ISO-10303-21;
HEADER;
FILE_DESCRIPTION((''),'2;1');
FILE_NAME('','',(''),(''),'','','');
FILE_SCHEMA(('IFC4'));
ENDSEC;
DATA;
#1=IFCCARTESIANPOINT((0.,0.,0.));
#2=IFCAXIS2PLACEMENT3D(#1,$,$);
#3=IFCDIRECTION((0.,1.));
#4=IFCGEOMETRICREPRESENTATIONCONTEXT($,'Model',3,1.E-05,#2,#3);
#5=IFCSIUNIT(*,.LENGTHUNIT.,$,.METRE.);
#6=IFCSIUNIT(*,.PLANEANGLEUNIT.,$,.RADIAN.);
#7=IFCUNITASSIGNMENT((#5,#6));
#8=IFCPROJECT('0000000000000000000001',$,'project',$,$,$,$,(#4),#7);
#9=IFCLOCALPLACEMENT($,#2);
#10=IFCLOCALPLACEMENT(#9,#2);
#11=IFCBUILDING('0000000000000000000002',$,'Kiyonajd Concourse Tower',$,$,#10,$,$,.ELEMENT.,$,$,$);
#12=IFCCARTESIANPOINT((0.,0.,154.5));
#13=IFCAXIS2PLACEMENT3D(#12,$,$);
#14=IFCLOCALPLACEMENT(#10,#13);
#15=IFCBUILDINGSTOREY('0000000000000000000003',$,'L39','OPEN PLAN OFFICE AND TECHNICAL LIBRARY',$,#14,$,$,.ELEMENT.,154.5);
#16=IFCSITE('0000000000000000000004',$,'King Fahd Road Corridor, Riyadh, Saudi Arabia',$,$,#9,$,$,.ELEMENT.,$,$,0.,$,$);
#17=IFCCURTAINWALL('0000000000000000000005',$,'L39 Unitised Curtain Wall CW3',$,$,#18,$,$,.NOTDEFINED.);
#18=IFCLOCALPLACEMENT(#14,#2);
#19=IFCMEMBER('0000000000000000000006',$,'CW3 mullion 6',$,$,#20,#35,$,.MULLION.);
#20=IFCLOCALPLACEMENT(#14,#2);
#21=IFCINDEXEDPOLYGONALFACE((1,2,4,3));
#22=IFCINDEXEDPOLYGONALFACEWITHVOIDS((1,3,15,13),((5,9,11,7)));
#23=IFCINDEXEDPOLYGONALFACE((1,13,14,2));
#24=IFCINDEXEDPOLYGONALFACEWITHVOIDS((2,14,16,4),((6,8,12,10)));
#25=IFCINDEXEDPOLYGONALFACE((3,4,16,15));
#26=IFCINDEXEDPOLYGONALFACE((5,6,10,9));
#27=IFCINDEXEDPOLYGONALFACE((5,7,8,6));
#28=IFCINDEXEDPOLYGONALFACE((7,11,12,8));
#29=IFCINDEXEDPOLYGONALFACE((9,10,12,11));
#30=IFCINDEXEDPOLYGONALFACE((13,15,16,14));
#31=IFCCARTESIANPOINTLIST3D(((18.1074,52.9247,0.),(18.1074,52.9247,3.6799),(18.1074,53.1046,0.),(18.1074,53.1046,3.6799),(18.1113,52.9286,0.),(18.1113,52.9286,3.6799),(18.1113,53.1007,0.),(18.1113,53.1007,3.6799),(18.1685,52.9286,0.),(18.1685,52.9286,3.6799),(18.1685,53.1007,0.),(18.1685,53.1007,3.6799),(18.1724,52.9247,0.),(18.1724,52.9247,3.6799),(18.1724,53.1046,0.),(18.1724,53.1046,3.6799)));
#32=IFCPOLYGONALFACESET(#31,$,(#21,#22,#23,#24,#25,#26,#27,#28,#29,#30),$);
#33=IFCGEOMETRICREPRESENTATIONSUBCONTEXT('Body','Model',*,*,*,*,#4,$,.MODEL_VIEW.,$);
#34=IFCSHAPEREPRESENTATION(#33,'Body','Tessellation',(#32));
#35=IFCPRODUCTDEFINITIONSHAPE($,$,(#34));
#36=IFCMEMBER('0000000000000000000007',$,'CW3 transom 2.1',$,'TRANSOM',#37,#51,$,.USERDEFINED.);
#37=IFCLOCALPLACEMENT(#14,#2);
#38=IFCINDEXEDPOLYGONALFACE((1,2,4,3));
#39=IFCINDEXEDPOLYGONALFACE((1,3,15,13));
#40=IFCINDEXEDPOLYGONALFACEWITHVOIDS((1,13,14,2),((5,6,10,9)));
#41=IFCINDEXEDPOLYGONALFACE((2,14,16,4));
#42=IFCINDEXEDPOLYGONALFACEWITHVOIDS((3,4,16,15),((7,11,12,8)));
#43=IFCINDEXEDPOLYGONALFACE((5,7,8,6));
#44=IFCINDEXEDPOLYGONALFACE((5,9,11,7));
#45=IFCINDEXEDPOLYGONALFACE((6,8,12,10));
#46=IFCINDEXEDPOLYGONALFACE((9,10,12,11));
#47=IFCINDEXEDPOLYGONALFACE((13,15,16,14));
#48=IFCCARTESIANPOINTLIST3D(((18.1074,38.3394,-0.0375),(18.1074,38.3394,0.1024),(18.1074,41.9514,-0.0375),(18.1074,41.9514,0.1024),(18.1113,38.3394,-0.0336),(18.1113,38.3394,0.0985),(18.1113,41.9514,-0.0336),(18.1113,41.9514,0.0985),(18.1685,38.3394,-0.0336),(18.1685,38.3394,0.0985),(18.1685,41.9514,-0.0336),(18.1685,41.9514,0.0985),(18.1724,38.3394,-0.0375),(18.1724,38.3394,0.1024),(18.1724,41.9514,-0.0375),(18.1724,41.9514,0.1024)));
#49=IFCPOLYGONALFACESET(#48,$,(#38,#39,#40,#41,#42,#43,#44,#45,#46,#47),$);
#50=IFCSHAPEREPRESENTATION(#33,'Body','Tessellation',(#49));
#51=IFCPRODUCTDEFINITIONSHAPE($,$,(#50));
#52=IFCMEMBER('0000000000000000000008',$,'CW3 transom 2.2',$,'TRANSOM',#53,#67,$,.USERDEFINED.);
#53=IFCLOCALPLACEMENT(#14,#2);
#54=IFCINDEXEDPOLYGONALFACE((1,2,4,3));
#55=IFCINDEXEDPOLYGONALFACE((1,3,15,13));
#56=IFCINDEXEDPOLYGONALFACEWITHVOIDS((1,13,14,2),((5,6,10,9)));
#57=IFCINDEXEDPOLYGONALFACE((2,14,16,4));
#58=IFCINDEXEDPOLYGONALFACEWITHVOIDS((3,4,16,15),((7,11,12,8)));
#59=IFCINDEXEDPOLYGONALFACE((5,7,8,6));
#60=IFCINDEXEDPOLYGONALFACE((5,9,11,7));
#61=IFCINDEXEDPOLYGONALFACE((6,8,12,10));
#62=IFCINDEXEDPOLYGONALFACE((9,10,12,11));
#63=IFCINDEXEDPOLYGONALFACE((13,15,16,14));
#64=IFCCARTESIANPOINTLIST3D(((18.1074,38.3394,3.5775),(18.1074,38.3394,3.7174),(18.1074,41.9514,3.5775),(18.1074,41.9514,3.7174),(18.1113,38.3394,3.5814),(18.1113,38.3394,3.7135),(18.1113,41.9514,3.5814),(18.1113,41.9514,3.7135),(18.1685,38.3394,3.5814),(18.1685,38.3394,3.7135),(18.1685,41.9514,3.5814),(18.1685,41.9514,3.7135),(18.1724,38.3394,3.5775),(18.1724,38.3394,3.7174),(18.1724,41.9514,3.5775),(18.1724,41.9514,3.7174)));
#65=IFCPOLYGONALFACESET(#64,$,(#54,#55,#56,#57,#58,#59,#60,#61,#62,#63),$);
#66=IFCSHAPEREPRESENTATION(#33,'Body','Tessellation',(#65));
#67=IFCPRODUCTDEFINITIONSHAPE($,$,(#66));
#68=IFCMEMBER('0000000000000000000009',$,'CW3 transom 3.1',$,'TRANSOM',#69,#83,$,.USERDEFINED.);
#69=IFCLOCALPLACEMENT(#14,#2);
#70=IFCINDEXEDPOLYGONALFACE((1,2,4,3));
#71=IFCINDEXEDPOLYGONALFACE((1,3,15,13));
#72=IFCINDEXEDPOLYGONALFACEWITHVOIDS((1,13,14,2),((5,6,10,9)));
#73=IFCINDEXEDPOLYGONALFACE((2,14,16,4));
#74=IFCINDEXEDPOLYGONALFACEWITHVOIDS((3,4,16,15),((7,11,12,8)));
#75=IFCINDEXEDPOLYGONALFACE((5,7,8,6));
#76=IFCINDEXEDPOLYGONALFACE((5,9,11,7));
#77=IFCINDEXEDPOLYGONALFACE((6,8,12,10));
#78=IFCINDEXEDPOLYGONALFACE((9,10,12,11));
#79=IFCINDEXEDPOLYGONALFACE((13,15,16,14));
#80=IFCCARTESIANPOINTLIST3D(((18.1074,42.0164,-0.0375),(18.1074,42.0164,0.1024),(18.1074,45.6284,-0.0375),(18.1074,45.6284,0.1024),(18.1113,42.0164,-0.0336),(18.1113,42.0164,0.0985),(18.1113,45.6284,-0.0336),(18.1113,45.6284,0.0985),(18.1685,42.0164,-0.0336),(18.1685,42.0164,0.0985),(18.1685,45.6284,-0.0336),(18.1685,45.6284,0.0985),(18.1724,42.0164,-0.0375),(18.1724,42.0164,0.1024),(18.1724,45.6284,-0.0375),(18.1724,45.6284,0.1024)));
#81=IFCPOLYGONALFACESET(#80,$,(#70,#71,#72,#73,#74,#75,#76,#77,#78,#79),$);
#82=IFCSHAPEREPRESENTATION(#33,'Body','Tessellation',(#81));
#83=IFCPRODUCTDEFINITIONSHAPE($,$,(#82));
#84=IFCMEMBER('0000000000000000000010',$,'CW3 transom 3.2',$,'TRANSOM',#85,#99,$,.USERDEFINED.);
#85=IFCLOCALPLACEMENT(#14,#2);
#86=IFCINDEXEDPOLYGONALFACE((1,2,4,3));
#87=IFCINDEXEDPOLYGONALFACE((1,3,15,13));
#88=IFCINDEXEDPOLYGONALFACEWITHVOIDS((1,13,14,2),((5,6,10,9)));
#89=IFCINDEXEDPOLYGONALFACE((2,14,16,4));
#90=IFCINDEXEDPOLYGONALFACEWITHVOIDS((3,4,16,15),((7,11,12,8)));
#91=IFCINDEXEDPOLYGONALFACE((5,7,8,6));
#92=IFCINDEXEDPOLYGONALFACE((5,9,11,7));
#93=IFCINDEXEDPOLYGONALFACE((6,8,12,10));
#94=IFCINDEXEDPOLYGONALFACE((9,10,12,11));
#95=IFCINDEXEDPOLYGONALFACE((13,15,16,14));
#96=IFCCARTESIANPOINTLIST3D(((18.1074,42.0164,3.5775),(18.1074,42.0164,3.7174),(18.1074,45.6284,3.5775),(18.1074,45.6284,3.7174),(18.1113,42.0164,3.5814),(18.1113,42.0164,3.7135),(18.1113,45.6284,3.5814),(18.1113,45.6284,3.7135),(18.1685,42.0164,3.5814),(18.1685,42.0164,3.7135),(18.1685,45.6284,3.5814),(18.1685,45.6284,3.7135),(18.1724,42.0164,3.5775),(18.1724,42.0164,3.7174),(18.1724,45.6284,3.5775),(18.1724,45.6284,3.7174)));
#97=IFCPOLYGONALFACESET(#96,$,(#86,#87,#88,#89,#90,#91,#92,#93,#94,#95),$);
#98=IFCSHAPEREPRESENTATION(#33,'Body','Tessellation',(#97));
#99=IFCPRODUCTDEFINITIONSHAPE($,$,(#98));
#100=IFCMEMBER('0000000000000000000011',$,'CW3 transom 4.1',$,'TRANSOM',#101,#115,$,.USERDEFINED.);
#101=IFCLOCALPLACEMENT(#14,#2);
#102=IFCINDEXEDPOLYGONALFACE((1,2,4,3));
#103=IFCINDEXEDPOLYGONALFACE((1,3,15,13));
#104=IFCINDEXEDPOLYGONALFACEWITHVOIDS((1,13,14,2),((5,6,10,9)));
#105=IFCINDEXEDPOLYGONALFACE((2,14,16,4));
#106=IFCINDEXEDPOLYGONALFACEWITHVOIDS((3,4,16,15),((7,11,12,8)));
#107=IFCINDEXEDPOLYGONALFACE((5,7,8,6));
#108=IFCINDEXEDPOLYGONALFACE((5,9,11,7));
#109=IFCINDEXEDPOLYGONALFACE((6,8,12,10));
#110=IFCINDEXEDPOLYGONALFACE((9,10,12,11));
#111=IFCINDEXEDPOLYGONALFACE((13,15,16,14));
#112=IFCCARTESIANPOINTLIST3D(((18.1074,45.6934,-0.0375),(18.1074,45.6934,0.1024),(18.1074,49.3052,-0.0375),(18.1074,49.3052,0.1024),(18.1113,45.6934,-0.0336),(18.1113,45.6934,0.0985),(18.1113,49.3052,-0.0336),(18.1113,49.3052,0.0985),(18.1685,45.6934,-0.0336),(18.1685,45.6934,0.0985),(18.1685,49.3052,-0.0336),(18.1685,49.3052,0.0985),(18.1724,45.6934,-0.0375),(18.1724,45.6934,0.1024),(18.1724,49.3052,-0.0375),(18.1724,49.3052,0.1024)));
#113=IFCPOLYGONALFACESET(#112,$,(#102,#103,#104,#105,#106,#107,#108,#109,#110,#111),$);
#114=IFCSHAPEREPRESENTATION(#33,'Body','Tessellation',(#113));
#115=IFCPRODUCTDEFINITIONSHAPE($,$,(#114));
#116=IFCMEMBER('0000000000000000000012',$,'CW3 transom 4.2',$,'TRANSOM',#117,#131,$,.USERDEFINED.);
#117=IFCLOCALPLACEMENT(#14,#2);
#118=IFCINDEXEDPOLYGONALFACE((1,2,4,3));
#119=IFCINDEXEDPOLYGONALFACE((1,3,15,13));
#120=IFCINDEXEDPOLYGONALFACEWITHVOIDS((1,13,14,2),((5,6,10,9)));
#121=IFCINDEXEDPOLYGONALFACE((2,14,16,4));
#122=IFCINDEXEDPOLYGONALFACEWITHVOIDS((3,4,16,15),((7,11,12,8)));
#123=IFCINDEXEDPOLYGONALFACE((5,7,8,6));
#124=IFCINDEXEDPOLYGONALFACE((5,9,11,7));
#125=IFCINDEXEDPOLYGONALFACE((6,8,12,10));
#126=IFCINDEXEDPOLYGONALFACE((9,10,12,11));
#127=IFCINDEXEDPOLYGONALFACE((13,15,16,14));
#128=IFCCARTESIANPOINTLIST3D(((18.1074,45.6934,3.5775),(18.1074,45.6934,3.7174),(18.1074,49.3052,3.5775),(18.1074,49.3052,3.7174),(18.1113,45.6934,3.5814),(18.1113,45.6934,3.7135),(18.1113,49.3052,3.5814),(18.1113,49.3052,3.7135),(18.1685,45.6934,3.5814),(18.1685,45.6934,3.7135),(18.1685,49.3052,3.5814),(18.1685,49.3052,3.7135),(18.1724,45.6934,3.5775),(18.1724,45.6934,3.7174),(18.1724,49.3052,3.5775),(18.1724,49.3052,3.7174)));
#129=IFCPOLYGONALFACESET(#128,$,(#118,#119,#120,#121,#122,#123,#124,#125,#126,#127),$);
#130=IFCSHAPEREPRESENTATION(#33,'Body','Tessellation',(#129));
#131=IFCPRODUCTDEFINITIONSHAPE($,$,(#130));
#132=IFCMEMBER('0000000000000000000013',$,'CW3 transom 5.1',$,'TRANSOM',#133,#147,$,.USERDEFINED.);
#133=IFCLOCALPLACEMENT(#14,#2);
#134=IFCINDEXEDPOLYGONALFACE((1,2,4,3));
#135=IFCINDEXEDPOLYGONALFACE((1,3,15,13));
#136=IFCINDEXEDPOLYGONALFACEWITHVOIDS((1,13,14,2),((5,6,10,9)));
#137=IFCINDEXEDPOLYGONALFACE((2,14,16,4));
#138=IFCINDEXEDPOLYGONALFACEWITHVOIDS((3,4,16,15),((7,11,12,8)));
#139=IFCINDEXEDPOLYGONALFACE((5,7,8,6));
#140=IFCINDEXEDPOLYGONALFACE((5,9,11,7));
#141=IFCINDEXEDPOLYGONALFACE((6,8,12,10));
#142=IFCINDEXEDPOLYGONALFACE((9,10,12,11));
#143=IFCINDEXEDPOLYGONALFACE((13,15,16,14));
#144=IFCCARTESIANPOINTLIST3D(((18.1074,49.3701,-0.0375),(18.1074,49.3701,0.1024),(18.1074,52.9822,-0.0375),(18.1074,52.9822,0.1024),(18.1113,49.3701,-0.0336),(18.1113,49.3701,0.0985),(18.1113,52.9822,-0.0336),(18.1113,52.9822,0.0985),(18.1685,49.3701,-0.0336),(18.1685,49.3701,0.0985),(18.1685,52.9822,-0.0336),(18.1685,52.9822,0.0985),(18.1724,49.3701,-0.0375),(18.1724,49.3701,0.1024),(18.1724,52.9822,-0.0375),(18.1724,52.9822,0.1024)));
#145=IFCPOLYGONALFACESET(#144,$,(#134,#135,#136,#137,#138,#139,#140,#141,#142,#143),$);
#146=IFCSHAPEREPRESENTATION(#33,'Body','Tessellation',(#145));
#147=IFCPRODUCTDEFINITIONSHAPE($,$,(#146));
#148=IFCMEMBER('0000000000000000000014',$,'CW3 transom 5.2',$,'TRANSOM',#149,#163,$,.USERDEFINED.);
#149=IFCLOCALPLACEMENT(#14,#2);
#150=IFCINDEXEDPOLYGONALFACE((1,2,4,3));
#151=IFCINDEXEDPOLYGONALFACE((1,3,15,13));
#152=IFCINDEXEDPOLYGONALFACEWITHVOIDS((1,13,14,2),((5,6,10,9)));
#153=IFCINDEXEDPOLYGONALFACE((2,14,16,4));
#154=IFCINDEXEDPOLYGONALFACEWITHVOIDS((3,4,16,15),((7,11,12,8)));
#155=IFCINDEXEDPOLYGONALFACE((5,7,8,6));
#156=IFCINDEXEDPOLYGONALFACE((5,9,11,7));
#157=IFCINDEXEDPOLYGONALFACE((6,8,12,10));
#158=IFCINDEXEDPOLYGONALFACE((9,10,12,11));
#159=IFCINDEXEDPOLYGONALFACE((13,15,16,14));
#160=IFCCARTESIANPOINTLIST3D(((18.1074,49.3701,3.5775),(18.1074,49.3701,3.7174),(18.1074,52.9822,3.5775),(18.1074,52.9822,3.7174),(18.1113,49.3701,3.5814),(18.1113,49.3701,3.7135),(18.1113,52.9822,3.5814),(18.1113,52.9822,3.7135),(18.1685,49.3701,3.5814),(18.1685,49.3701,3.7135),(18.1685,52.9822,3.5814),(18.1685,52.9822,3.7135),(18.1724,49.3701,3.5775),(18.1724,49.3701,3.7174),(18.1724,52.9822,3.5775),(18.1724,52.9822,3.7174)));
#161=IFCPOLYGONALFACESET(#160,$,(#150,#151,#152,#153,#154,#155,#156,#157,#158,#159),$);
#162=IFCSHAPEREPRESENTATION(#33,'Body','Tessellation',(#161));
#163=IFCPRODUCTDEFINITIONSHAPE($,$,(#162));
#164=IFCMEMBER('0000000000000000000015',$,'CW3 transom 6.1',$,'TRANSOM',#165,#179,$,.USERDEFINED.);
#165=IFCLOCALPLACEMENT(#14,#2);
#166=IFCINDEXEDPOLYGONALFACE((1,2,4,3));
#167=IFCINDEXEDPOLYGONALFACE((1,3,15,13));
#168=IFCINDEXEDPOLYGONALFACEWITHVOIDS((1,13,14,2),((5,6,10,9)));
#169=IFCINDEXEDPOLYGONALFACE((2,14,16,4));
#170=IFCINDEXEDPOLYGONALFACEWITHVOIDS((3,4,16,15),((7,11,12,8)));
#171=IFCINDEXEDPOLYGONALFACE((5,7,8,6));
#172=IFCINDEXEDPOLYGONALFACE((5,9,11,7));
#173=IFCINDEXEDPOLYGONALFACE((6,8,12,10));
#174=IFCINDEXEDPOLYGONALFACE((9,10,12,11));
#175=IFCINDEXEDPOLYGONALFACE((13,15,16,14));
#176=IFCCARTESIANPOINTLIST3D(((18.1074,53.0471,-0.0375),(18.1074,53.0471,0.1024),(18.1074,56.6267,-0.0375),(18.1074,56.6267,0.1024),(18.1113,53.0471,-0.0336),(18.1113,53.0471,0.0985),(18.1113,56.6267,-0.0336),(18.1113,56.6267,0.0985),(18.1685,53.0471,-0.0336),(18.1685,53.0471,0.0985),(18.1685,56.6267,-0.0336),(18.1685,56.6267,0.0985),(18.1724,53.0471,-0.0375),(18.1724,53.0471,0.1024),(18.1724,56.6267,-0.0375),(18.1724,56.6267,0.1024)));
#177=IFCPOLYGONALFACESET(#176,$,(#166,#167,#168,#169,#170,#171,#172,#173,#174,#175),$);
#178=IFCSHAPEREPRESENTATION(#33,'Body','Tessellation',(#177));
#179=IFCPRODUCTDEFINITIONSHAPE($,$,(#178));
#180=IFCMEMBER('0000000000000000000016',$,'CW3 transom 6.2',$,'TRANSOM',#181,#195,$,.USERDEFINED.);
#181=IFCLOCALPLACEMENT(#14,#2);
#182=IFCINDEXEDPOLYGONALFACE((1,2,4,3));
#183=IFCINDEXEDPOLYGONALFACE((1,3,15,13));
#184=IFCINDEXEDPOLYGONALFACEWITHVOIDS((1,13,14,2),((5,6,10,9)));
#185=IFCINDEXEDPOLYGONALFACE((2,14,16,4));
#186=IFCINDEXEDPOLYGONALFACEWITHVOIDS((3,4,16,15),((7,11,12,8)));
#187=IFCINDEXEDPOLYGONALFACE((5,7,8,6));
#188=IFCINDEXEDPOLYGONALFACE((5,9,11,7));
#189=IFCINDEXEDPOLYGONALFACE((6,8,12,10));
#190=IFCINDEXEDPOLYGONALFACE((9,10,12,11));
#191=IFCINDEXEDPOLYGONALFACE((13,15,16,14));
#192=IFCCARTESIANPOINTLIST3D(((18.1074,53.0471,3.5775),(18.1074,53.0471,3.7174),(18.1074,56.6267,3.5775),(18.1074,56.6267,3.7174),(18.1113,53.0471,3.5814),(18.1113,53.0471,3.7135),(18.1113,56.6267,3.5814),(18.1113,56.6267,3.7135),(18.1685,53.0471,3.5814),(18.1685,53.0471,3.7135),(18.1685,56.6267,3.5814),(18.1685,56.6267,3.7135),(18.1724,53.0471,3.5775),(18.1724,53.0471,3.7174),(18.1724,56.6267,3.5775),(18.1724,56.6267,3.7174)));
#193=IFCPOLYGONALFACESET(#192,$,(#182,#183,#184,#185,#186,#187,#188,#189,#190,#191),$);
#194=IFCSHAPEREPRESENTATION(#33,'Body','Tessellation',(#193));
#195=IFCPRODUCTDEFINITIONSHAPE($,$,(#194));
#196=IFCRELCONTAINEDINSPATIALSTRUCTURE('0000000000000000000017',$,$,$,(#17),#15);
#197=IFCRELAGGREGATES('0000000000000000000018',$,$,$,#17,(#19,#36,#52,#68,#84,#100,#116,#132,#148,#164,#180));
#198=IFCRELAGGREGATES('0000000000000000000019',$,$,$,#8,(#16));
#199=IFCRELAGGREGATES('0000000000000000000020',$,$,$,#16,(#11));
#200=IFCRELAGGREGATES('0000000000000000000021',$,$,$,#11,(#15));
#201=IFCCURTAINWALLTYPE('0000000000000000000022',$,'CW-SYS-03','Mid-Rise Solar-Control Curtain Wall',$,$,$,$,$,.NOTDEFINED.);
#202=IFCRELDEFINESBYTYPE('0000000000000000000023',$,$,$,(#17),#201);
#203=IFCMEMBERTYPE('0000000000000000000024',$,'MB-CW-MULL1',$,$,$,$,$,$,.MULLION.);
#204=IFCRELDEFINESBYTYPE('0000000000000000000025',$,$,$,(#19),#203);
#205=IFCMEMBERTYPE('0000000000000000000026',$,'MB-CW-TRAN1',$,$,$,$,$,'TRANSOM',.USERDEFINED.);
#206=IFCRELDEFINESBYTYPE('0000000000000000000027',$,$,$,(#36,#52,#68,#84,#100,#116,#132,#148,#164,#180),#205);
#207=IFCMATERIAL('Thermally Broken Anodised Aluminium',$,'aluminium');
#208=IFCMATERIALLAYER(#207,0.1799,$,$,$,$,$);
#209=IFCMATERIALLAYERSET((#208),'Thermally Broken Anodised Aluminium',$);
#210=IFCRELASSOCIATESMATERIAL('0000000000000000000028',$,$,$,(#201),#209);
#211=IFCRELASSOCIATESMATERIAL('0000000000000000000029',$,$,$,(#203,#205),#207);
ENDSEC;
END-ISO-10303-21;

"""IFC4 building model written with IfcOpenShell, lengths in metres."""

from ifc_helpers import new_model, si_unit, direction, frame, origin, origin_2d, place, context, subcontext, project, spatial, hollow_rectangle, extrude, material, layer, layer_set, material_profile, profile_set, type_object, element, aggregate, save


model = new_model("IFC4")

# Units and contexts
model_context = context("Model", 3, precision=1e-05, world=origin(), true_north=direction((0.0, 1.0)))
body_context = subcontext(model_context, "Body", "Model", "MODEL_VIEW")
ifc_project = project(units=[si_unit("LENGTHUNIT", "METRE"), si_unit("PLANEANGLEUNIT", "RADIAN")], contexts=[model_context])

# Site, building, storey
site_placement = place(None, origin())
site = spatial("IfcSite", under=ifc_project, at=site_placement, Name="King Fahd Road Corridor, Riyadh, Saudi Arabia", CompositionType="ELEMENT", RefElevation=0.0)
building_placement = place(site_placement, origin())
building = spatial("IfcBuilding", under=site, at=building_placement, Name="Kiyonajd Concourse Tower", CompositionType="ELEMENT")
storey_placement = place(building_placement, frame((0.0, 0.0, 154.5)))
storey = spatial("IfcBuildingStorey", under=building, at=storey_placement, Name="L39", Description="OPEN PLAN OFFICE AND TECHNICAL LIBRARY", CompositionType="ELEMENT", Elevation=154.5)

# Curtain wall, members
ifc_material_1 = material(Name="Thermally Broken Anodised Aluminium", Category="aluminium")
ifc_layer_1 = layer(ifc_material_1, 0.1799)
ifc_layer_set_1 = layer_set([ifc_layer_1], Name="Thermally Broken Anodised Aluminium")
curtain_wall_type = type_object("IfcCurtainWallType", Name="CW-SYS-03", Description="Mid-Rise Solar-Control Curtain Wall", PredefinedType="NOTDEFINED", material=ifc_layer_set_1)
curtain_wall_placement = place(storey_placement, origin())
curtain_wall = element("IfcCurtainWall", 1, at=curtain_wall_placement, inside=storey, type_object=curtain_wall_type, Name="L39 Unitised Curtain Wall CW3", PredefinedType="NOTDEFINED")
ifc_material_profile_1 = material_profile(ifc_material_1, hollow_rectangle(XDim=0.0649, YDim=0.1799, WallThickness=0.0039, at=origin_2d()), Name="MULL-65x180")
ifc_profile_set_1 = profile_set([ifc_material_profile_1], Name="Thermally Broken Anodised Aluminium")
member_type_1 = type_object("IfcMemberType", Name="MB-CW-MULL1", PredefinedType="MULLION", material=ifc_profile_set_1)
member_1_placement = place(storey_placement, frame((18.1399, 53.0146, 0.0), z_axis=(0.0, 0.0, 1.0), x_axis=(-1.0, 0.0, 0.0)))
member_1 = element("IfcMember", 2, at=member_1_placement, type_object=member_type_1, Name="CW3 mullion 6", PredefinedType="MULLION", context=body_context, shape_type="SweptSolid", body=[
    extrude(hollow_rectangle(XDim=0.0649, YDim=0.1799, WallThickness=0.0039, at=origin_2d()), origin(), (0.0, 0.0, 1.0), 3.6799),
])
ifc_material_profile_2 = material_profile(ifc_material_1, hollow_rectangle(XDim=0.0649, YDim=0.1399, WallThickness=0.0039, at=origin_2d()), Name="TRAN-65x140")
ifc_profile_set_2 = profile_set([ifc_material_profile_2], Name="Thermally Broken Anodised Aluminium")
member_type_2 = type_object("IfcMemberType", Name="MB-CW-TRAN1", ElementType="TRANSOM", PredefinedType="USERDEFINED", material=ifc_profile_set_2)
member_2_placement = place(storey_placement, frame((18.1399, 38.3394, 0.0325), z_axis=(0.0, 1.0, 0.0), x_axis=(-1.0, 0.0, 0.0)))
member_2 = element("IfcMember", 3, at=member_2_placement, type_object=member_type_2, Name="CW3 transom 2.1", ObjectType="TRANSOM", PredefinedType="USERDEFINED", context=body_context, shape_type="SweptSolid", body=[
    extrude(hollow_rectangle(XDim=0.0649, YDim=0.1399, WallThickness=0.0039, at=origin_2d()), origin(), (0.0, 0.0, 1.0), 3.6121),
])
member_3_placement = place(storey_placement, frame((18.1399, 38.3394, 3.6475), z_axis=(0.0, 1.0, 0.0), x_axis=(-1.0, 0.0, 0.0)))
member_3 = element("IfcMember", 4, at=member_3_placement, type_object=member_type_2, Name="CW3 transom 2.2", ObjectType="TRANSOM", PredefinedType="USERDEFINED", context=body_context, shape_type="SweptSolid", body=[
    extrude(hollow_rectangle(XDim=0.0649, YDim=0.1399, WallThickness=0.0039, at=origin_2d()), origin(), (0.0, 0.0, 1.0), 3.6121),
])
member_4_placement = place(storey_placement, frame((18.1399, 42.0164, 0.0325), z_axis=(0.0, 1.0, 0.0), x_axis=(-1.0, 0.0, 0.0)))
member_4 = element("IfcMember", 5, at=member_4_placement, type_object=member_type_2, Name="CW3 transom 3.1", ObjectType="TRANSOM", PredefinedType="USERDEFINED", context=body_context, shape_type="SweptSolid", body=[
    extrude(hollow_rectangle(XDim=0.0649, YDim=0.1399, WallThickness=0.0039, at=origin_2d()), origin(), (0.0, 0.0, 1.0), 3.6121),
])
member_5_placement = place(storey_placement, frame((18.1399, 42.0164, 3.6475), z_axis=(0.0, 1.0, 0.0), x_axis=(-1.0, 0.0, 0.0)))
member_5 = element("IfcMember", 6, at=member_5_placement, type_object=member_type_2, Name="CW3 transom 3.2", ObjectType="TRANSOM", PredefinedType="USERDEFINED", context=body_context, shape_type="SweptSolid", body=[
    extrude(hollow_rectangle(XDim=0.0649, YDim=0.1399, WallThickness=0.0039, at=origin_2d()), origin(), (0.0, 0.0, 1.0), 3.6121),
])
member_6_placement = place(storey_placement, frame((18.1399, 45.6934, 0.0325), z_axis=(0.0, 1.0, 0.0), x_axis=(-1.0, 0.0, 0.0)))
member_6 = element("IfcMember", 7, at=member_6_placement, type_object=member_type_2, Name="CW3 transom 4.1", ObjectType="TRANSOM", PredefinedType="USERDEFINED", context=body_context, shape_type="SweptSolid", body=[
    extrude(hollow_rectangle(XDim=0.0649, YDim=0.1399, WallThickness=0.0039, at=origin_2d()), origin(), (0.0, 0.0, 1.0), 3.6118),
])
member_7_placement = place(storey_placement, frame((18.1399, 45.6934, 3.6475), z_axis=(0.0, 1.0, 0.0), x_axis=(-1.0, 0.0, 0.0)))
member_7 = element("IfcMember", 8, at=member_7_placement, type_object=member_type_2, Name="CW3 transom 4.2", ObjectType="TRANSOM", PredefinedType="USERDEFINED", context=body_context, shape_type="SweptSolid", body=[
    extrude(hollow_rectangle(XDim=0.0649, YDim=0.1399, WallThickness=0.0039, at=origin_2d()), origin(), (0.0, 0.0, 1.0), 3.6118),
])
member_8_placement = place(storey_placement, frame((18.1399, 49.3701, 0.0325), z_axis=(0.0, 1.0, 0.0), x_axis=(-1.0, 0.0, 0.0)))
member_8 = element("IfcMember", 9, at=member_8_placement, type_object=member_type_2, Name="CW3 transom 5.1", ObjectType="TRANSOM", PredefinedType="USERDEFINED", context=body_context, shape_type="SweptSolid", body=[
    extrude(hollow_rectangle(XDim=0.0649, YDim=0.1399, WallThickness=0.0039, at=origin_2d()), origin(), (0.0, 0.0, 1.0), 3.6121),
])
member_9_placement = place(storey_placement, frame((18.1399, 49.3701, 3.6475), z_axis=(0.0, 1.0, 0.0), x_axis=(-1.0, 0.0, 0.0)))
member_9 = element("IfcMember", 10, at=member_9_placement, type_object=member_type_2, Name="CW3 transom 5.2", ObjectType="TRANSOM", PredefinedType="USERDEFINED", context=body_context, shape_type="SweptSolid", body=[
    extrude(hollow_rectangle(XDim=0.0649, YDim=0.1399, WallThickness=0.0039, at=origin_2d()), origin(), (0.0, 0.0, 1.0), 3.6121),
])
member_10_placement = place(storey_placement, frame((18.1399, 53.0471, 0.0325), z_axis=(0.0, 1.0, 0.0), x_axis=(-1.0, 0.0, 0.0)))
member_10 = element("IfcMember", 11, at=member_10_placement, type_object=member_type_2, Name="CW3 transom 6.1", ObjectType="TRANSOM", PredefinedType="USERDEFINED", context=body_context, shape_type="SweptSolid", body=[
    extrude(hollow_rectangle(XDim=0.0649, YDim=0.1399, WallThickness=0.0039, at=origin_2d()), origin(), (0.0, 0.0, 1.0), 3.5796),
])
member_11_placement = place(storey_placement, frame((18.1399, 53.0471, 3.6475), z_axis=(0.0, 1.0, 0.0), x_axis=(-1.0, 0.0, 0.0)))
member_11 = element("IfcMember", 12, at=member_11_placement, type_object=member_type_2, Name="CW3 transom 6.2", ObjectType="TRANSOM", PredefinedType="USERDEFINED", context=body_context, shape_type="SweptSolid", body=[
    extrude(hollow_rectangle(XDim=0.0649, YDim=0.1399, WallThickness=0.0039, at=origin_2d()), origin(), (0.0, 0.0, 1.0), 3.5796),
])
aggregate(curtain_wall, [member_1, member_2, member_3, member_4, member_5, member_6, member_7, member_8, member_9, member_10, member_11])

save(model, "model.ifc")
